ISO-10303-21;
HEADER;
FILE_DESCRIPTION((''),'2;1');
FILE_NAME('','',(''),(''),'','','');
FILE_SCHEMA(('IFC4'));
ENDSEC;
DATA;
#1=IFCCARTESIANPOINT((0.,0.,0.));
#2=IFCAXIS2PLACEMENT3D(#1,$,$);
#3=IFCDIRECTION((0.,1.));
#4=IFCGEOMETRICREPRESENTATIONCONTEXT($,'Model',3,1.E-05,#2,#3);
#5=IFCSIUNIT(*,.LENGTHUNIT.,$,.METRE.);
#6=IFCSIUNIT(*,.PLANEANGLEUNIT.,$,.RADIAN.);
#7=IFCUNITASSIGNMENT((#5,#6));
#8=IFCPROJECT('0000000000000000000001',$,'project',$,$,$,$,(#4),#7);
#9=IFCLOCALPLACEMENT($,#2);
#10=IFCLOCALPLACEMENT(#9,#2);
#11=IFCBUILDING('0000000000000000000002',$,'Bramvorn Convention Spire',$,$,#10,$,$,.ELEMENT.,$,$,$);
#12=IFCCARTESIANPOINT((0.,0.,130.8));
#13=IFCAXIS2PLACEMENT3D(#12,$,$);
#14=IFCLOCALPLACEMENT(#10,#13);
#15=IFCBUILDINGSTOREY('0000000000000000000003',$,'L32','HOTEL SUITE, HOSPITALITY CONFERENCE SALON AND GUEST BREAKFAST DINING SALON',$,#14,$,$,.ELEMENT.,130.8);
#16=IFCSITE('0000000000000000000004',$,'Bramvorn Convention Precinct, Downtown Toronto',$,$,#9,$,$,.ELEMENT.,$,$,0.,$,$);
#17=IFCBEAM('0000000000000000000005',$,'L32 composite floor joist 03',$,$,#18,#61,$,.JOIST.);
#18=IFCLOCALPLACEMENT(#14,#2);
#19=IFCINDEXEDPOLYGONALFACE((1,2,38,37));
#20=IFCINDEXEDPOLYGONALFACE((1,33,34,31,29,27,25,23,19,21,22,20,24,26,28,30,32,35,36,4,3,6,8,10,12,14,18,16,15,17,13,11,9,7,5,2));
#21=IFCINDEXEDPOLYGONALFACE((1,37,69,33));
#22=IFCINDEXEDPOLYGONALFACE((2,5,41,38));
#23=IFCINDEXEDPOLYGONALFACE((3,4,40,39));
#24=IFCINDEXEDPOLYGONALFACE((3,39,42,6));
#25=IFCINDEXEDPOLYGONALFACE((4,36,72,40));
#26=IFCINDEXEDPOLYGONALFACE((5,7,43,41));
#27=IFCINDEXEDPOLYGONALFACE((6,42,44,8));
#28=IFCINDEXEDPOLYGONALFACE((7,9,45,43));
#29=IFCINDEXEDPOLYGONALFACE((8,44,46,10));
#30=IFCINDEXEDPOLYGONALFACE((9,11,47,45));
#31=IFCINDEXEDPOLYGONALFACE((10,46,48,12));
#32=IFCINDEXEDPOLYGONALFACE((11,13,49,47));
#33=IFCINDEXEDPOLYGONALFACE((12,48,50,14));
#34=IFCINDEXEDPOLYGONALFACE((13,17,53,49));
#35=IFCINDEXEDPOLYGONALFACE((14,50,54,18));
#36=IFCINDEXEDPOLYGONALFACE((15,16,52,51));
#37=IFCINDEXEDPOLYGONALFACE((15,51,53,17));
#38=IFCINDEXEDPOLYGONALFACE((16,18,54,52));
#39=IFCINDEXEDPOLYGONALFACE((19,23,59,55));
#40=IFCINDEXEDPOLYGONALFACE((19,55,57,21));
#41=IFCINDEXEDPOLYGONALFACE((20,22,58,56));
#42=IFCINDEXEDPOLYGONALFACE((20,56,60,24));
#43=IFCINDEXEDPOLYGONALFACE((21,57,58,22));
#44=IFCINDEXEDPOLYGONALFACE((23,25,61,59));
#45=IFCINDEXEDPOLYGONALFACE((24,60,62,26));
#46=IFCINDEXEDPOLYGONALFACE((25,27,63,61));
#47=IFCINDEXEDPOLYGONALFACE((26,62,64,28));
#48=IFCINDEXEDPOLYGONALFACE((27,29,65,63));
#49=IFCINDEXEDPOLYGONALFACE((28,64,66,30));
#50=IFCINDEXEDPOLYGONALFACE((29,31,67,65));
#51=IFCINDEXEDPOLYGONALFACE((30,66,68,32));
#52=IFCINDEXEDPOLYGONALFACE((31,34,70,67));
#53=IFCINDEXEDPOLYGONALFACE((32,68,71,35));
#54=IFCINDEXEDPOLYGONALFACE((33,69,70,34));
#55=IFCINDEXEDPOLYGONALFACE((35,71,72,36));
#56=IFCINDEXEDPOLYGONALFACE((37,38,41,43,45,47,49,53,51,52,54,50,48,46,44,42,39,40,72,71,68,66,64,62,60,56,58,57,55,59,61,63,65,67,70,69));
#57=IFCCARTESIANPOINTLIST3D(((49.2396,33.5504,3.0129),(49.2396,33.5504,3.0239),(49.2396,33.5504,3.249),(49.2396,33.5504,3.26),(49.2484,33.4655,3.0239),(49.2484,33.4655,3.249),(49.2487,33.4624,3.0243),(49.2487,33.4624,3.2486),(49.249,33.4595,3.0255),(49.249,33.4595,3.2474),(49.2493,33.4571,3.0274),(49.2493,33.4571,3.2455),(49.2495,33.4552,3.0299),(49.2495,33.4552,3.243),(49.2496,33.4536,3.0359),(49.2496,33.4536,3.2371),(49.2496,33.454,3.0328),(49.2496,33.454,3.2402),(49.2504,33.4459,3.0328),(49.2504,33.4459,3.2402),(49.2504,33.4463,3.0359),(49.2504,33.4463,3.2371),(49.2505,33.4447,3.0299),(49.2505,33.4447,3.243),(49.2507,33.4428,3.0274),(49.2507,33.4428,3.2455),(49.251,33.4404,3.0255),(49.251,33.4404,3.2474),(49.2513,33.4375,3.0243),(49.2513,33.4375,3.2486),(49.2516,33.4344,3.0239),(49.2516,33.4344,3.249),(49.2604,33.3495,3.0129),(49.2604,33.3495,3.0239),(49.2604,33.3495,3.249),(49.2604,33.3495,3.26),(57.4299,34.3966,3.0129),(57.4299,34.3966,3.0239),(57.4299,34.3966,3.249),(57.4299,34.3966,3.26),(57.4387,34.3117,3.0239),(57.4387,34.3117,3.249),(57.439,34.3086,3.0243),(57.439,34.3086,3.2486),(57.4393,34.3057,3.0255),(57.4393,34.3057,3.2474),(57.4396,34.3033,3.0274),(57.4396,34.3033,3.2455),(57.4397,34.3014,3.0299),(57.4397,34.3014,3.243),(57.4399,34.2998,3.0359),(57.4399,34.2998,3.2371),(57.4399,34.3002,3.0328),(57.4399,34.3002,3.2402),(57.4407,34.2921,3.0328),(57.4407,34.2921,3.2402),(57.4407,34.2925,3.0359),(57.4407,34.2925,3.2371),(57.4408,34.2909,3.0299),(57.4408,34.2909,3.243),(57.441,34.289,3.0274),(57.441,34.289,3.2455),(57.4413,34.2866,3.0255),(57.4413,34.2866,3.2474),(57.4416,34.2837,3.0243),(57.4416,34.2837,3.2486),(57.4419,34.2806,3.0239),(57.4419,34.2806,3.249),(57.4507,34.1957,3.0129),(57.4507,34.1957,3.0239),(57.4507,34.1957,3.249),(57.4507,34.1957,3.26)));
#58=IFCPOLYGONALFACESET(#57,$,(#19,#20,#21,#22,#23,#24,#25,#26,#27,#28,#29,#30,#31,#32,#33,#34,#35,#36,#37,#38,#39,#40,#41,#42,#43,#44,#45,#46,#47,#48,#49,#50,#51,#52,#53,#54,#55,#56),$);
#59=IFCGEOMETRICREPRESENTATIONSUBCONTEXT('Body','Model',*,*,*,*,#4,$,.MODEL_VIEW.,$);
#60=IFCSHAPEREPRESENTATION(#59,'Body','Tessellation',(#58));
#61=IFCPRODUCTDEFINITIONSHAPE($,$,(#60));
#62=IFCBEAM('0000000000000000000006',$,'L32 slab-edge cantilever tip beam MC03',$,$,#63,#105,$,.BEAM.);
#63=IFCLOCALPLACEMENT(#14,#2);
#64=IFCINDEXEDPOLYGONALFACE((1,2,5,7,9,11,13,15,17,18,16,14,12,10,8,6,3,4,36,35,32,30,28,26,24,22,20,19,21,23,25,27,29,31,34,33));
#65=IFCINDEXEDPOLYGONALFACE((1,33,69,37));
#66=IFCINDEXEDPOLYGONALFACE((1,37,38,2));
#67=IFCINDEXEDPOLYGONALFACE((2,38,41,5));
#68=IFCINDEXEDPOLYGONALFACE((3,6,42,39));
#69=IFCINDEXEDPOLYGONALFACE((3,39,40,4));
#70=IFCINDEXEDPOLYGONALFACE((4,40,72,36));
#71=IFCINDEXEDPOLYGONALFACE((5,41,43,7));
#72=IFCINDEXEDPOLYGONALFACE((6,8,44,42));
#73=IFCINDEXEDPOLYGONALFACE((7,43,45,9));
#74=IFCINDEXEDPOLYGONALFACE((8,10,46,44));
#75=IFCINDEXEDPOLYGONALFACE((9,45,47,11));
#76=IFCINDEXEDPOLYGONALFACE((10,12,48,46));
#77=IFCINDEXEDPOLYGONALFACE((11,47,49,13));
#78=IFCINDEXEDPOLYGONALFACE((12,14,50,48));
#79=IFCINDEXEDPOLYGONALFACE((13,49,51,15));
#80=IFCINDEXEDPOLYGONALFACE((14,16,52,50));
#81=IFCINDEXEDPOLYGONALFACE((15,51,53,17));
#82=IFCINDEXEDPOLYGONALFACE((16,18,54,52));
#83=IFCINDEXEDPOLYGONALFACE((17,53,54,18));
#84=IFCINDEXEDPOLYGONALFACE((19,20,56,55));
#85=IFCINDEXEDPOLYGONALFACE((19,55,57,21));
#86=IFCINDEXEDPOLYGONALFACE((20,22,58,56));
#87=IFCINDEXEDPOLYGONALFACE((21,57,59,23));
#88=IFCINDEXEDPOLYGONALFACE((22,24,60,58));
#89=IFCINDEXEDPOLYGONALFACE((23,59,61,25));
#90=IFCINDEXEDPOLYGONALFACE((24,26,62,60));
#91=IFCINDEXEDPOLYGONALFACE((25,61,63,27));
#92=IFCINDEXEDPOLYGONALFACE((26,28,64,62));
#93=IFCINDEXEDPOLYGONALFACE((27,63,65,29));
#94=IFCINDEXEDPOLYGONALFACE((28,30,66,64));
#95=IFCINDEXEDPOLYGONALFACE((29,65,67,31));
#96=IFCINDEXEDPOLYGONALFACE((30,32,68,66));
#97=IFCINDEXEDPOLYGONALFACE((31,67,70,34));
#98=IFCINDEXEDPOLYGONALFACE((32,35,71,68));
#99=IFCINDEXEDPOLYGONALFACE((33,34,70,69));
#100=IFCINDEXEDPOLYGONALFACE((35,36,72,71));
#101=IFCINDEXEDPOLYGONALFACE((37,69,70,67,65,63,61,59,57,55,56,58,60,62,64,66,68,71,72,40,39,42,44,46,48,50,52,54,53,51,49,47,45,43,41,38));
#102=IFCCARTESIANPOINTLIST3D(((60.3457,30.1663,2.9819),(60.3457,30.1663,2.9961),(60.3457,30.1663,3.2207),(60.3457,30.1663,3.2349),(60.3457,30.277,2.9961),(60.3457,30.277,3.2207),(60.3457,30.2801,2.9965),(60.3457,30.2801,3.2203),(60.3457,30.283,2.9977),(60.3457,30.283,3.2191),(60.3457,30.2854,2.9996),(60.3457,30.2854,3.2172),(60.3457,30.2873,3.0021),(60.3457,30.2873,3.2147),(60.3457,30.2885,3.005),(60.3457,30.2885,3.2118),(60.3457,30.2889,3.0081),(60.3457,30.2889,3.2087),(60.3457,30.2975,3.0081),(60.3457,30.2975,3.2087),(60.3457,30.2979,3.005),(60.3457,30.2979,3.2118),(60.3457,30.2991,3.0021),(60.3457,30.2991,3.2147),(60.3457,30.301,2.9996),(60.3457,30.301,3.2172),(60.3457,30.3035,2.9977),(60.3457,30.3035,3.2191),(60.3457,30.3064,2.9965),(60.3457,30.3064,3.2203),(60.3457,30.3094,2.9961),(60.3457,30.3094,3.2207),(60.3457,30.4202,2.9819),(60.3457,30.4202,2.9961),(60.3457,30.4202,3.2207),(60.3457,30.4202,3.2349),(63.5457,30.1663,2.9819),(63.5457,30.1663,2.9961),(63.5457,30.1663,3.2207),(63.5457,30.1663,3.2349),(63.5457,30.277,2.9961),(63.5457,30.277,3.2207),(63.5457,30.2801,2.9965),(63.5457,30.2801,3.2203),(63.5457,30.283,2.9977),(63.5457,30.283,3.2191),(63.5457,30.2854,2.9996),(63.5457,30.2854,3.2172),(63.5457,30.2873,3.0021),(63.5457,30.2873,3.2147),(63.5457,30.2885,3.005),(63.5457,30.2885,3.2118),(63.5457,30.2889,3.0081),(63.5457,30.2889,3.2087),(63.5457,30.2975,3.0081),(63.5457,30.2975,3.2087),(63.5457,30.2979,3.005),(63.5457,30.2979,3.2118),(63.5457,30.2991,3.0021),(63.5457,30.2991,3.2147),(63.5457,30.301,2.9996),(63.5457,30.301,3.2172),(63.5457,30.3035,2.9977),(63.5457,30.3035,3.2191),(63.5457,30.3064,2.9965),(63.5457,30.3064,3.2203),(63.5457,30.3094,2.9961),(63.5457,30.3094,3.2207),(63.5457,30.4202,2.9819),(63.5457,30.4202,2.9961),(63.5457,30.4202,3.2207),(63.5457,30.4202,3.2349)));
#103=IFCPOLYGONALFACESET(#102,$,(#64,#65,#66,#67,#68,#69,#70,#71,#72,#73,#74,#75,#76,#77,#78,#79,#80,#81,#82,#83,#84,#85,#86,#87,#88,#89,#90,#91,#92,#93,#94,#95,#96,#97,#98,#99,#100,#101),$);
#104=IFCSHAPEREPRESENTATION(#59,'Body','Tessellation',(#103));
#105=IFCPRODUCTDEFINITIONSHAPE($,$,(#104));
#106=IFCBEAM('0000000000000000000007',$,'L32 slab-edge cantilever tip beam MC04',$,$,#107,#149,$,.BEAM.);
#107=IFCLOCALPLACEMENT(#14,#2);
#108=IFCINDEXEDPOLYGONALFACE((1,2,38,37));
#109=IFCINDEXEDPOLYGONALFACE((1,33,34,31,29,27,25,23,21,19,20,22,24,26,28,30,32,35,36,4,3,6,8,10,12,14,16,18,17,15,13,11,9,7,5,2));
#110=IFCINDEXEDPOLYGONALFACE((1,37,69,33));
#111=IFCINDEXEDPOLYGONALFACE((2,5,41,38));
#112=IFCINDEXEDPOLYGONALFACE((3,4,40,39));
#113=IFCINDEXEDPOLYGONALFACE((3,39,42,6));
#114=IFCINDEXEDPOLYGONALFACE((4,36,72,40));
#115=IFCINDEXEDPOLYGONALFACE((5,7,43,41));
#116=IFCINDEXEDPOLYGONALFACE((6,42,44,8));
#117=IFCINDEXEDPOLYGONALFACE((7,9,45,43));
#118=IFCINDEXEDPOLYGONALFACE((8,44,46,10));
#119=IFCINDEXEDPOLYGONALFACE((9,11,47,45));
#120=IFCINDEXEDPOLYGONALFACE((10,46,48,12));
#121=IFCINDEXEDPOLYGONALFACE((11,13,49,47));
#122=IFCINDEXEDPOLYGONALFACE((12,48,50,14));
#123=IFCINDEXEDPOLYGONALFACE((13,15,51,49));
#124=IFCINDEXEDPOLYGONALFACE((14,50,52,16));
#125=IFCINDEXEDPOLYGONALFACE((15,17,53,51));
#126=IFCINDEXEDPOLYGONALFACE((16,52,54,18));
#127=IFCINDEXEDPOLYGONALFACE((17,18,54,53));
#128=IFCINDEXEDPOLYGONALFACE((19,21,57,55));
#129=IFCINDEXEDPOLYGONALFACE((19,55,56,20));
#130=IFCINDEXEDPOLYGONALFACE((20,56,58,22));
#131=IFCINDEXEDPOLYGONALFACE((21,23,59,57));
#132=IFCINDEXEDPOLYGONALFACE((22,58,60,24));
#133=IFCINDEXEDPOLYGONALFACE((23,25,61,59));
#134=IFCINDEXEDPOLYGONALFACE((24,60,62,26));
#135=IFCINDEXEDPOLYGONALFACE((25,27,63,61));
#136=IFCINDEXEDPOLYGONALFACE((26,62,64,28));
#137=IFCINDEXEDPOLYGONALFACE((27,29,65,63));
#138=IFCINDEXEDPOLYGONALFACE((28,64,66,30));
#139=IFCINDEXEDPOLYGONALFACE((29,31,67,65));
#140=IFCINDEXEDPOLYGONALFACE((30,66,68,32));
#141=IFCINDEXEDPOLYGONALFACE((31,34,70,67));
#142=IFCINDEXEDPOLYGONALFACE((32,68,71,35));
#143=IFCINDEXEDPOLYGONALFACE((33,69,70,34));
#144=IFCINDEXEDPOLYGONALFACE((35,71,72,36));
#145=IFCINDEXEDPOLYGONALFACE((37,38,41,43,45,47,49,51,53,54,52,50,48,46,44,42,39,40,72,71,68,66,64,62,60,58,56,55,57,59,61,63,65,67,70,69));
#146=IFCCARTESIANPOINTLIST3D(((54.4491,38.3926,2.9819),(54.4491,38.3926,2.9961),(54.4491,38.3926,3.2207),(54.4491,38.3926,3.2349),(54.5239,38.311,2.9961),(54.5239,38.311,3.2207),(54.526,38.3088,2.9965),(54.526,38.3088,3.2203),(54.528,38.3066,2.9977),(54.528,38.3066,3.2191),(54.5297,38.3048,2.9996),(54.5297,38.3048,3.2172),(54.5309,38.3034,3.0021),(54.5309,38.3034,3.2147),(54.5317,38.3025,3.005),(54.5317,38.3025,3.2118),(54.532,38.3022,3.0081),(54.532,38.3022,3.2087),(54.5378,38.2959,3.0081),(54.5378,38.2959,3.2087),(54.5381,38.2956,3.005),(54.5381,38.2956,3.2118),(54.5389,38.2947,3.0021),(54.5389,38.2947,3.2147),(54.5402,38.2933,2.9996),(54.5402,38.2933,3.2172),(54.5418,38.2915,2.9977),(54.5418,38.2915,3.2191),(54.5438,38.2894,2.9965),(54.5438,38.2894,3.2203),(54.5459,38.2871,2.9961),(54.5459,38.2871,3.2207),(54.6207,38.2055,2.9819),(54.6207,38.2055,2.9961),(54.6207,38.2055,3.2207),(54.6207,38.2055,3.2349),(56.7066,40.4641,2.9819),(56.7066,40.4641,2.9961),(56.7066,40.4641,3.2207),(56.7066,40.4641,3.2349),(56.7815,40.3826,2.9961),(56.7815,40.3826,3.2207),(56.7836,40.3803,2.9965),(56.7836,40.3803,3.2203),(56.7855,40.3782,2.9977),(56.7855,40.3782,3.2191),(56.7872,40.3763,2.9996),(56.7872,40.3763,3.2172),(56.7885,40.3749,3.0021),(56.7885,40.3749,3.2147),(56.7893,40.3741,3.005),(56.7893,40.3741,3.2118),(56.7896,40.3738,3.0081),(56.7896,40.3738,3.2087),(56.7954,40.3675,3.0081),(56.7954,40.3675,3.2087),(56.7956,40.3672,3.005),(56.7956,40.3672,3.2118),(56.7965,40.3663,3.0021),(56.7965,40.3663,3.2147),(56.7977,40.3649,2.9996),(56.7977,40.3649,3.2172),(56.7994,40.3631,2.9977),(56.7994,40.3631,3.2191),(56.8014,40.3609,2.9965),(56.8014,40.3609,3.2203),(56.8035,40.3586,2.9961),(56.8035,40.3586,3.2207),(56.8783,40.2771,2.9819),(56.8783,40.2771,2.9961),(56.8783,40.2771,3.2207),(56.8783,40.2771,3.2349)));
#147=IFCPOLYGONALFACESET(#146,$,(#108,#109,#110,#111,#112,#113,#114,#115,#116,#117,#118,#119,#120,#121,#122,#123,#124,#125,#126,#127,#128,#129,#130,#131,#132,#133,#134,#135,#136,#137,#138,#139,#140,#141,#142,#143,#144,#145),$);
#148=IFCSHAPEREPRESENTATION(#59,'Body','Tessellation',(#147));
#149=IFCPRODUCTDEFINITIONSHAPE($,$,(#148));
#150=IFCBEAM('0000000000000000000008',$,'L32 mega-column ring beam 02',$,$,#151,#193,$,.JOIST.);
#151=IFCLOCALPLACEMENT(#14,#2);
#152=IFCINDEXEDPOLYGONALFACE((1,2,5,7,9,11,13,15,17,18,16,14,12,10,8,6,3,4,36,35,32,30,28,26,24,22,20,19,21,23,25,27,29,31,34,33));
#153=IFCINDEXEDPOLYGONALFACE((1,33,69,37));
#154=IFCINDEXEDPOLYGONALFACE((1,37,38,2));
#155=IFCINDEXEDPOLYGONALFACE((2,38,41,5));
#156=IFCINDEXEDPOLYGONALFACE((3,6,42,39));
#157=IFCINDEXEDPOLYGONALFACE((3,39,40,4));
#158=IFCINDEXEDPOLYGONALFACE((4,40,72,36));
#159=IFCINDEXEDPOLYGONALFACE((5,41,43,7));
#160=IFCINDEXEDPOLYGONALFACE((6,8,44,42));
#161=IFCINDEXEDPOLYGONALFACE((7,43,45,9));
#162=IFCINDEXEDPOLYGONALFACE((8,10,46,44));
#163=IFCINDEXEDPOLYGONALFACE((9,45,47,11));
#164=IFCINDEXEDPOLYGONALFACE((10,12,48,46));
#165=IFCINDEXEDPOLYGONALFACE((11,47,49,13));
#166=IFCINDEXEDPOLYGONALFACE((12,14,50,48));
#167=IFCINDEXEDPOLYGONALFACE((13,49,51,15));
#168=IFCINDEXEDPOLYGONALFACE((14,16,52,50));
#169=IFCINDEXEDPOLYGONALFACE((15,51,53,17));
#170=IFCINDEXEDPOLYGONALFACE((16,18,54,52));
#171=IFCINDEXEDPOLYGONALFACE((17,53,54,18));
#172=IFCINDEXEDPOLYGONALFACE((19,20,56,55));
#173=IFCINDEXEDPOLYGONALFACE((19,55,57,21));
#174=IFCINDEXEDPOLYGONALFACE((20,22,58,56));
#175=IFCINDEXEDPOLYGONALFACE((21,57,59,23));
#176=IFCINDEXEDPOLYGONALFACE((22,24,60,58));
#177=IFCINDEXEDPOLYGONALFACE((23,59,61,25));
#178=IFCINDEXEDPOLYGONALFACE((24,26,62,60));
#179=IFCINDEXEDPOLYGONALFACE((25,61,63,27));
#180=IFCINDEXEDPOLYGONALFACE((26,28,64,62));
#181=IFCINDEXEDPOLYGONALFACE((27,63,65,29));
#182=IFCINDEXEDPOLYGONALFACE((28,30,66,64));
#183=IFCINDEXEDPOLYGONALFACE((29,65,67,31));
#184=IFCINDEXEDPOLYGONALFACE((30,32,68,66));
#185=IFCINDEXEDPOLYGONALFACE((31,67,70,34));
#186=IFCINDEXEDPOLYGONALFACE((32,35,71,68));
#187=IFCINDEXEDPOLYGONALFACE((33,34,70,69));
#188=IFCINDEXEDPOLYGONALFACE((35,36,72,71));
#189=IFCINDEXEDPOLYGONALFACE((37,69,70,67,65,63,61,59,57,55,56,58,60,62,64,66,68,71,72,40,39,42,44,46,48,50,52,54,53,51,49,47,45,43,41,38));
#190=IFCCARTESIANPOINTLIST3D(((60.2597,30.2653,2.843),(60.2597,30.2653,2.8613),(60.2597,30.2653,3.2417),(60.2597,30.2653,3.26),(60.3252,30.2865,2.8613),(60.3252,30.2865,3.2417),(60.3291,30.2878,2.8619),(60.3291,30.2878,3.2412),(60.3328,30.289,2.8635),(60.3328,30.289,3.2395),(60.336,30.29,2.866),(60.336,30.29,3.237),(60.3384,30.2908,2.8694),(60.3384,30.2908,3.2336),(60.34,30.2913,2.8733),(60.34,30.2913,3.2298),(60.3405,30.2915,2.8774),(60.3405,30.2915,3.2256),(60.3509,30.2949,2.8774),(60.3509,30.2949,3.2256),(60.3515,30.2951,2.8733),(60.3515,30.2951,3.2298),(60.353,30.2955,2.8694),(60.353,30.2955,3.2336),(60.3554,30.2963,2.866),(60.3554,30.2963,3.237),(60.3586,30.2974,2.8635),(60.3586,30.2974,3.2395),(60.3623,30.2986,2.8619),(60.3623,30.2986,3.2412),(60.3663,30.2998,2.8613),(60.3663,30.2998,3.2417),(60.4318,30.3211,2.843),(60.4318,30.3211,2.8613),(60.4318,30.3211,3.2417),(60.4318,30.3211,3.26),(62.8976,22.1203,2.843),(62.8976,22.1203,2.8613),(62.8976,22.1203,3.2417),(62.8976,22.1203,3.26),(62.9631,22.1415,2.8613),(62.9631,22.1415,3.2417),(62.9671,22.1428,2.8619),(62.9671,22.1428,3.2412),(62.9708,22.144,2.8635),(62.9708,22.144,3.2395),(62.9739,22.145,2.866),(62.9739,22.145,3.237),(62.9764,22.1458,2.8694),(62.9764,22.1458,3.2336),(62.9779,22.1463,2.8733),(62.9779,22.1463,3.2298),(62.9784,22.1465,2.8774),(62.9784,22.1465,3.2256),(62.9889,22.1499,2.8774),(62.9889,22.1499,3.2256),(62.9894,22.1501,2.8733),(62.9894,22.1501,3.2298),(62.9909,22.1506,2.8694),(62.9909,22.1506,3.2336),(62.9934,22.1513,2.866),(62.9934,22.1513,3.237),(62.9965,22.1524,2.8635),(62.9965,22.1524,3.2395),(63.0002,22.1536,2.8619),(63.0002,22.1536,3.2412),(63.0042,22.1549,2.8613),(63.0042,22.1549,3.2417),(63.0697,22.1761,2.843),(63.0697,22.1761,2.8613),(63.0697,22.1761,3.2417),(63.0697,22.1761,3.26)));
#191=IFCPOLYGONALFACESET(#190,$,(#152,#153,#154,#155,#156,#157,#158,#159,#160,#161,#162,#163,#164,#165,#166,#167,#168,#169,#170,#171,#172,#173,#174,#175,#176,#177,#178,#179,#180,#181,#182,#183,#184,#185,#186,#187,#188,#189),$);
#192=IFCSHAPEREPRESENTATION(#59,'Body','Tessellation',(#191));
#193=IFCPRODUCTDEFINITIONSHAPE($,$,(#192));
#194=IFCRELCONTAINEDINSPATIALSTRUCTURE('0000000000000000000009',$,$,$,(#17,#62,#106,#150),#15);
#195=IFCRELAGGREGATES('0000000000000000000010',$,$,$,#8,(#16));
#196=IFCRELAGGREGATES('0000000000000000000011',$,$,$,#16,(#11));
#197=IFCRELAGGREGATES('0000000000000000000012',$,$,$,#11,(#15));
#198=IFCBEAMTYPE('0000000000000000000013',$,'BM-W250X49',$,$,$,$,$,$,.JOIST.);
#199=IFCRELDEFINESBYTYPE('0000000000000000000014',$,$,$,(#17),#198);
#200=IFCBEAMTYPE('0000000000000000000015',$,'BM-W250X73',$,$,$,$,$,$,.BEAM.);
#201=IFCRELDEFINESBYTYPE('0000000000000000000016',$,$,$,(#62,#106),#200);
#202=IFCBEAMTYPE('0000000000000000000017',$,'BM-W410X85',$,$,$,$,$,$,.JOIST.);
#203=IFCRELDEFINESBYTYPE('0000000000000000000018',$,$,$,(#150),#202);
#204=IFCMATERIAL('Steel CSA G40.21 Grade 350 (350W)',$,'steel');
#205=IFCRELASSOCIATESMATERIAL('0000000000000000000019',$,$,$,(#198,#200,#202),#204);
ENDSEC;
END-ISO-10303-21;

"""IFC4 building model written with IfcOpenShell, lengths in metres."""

from ifc_helpers import new_model, si_unit, direction, frame, origin, origin_2d, place, context, subcontext, project, spatial, i_section, extrude, material, material_profile, profile_set, type_object, element, save


model = new_model("IFC4")

# Units and contexts
model_context = context("Model", 3, precision=1e-05, world=origin(), true_north=direction((0.0, 1.0)))
body_context = subcontext(model_context, "Body", "Model", "MODEL_VIEW")
ifc_project = project(units=[si_unit("LENGTHUNIT", "METRE"), si_unit("PLANEANGLEUNIT", "RADIAN")], contexts=[model_context])

# Site, building, storey
site_placement = place(None, origin())
site = spatial("IfcSite", under=ifc_project, at=site_placement, Name="Bramvorn Convention Precinct, Downtown Toronto", CompositionType="ELEMENT", RefElevation=0.0)
building_placement = place(site_placement, origin())
building = spatial("IfcBuilding", under=site, at=building_placement, Name="Bramvorn Convention Spire", CompositionType="ELEMENT")
storey_placement = place(building_placement, frame((0.0, 0.0, 130.8)))
storey = spatial("IfcBuildingStorey", under=building, at=storey_placement, Name="L32", Description="HOTEL SUITE, HOSPITALITY CONFERENCE SALON AND GUEST BREAKFAST DINING SALON", CompositionType="ELEMENT", Elevation=130.8)

# Shared definitions
ifc_material_1 = material(Name="Steel CSA G40.21 Grade 350 (350W)", Category="steel")

# Beams
ifc_material_profile_1 = material_profile(ifc_material_1, i_section(OverallWidth=0.2019, OverallDepth=0.2471, WebThickness=0.0073, FlangeThickness=0.011, FilletRadius=0.012, at=origin_2d()))
ifc_profile_set_1 = profile_set([ifc_material_profile_1], Name="Steel CSA G40.21 Grade 350 (350W) - W250X49")
beam_type_1 = type_object("IfcBeamType", Name="BM-W250X49", PredefinedType="JOIST", material=ifc_profile_set_1)
beam_1_placement = place(storey_placement, frame((49.25, 33.45, 3.1365), z_axis=(0.994705, 0.102771, 0.0), x_axis=(-0.102771, 0.994705, 0.0)))
element("IfcBeam", 1, at=beam_1_placement, inside=storey, type_object=beam_type_1, Name="L32 composite floor joist 03", PredefinedType="JOIST", context=body_context, shape_type="SweptSolid", body=[
    extrude(i_section(OverallWidth=0.2019, OverallDepth=0.2471, WebThickness=0.0073, FlangeThickness=0.011, FilletRadius=0.012, at=origin_2d()), origin(), (0.0, 0.0, 1.0), 8.2339),
])
ifc_material_profile_2 = material_profile(ifc_material_1, i_section(OverallWidth=0.2539, OverallDepth=0.2529, WebThickness=0.0085, FlangeThickness=0.0142, FilletRadius=0.012, at=origin_2d()))
ifc_profile_set_2 = profile_set([ifc_material_profile_2], Name="Steel CSA G40.21 Grade 350 (350W) - W250X73")
beam_type_2 = type_object("IfcBeamType", Name="BM-W250X73", PredefinedType="BEAM", material=ifc_profile_set_2)
beam_2_placement = place(storey_placement, frame((60.3457, 30.2932, 3.1084), z_axis=(1.0, 0.0, 0.0), x_axis=(0.0, 1.0, 0.0)))
element("IfcBeam", 2, at=beam_2_placement, inside=storey, type_object=beam_type_2, Name="L32 slab-edge cantilever tip beam MC03", PredefinedType="BEAM", context=body_context, shape_type="SweptSolid", body=[
    extrude(i_section(OverallWidth=0.2539, OverallDepth=0.2529, WebThickness=0.0085, FlangeThickness=0.0142, FilletRadius=0.012, at=origin_2d()), origin(), (0.0, 0.0, 1.0), 3.2),
])
beam_3_placement = place(storey_placement, frame((54.5349, 38.2991, 3.1084), z_axis=(0.736813, 0.676096, 0.0), x_axis=(-0.676096, 0.736813, 0.0)))
element("IfcBeam", 3, at=beam_3_placement, inside=storey, type_object=beam_type_2, Name="L32 slab-edge cantilever tip beam MC04", PredefinedType="BEAM", context=body_context, shape_type="SweptSolid", body=[
    extrude(i_section(OverallWidth=0.2539, OverallDepth=0.2529, WebThickness=0.0085, FlangeThickness=0.0142, FilletRadius=0.012, at=origin_2d()), origin(), (0.0, 0.0, 1.0), 3.064),
])
ifc_material_profile_3 = material_profile(ifc_material_1, i_section(OverallWidth=0.1809, OverallDepth=0.417, WebThickness=0.011, FlangeThickness=0.0183, FilletRadius=0.0161, at=origin_2d()))
ifc_profile_set_3 = profile_set([ifc_material_profile_3], Name="Steel CSA G40.21 Grade 350 (350W) - W410X85")
beam_type_3 = type_object("IfcBeamType", Name="BM-W410X85", PredefinedType="JOIST", material=ifc_profile_set_3)
beam_4_placement = place(storey_placement, frame((62.9836, 22.1482, 3.0515), z_axis=(-0.308115, 0.951349, 0.0), x_axis=(-0.951349, -0.308115, 0.0)))
element("IfcBeam", 4, at=beam_4_placement, inside=storey, type_object=beam_type_3, Name="L32 mega-column ring beam 02", PredefinedType="JOIST", context=body_context, shape_type="SweptSolid", body=[
    extrude(i_section(OverallWidth=0.1809, OverallDepth=0.417, WebThickness=0.011, FlangeThickness=0.0183, FilletRadius=0.0161, at=origin_2d()), origin(), (0.0, 0.0, 1.0), 8.5615),
])

save(model, "model.ifc")
